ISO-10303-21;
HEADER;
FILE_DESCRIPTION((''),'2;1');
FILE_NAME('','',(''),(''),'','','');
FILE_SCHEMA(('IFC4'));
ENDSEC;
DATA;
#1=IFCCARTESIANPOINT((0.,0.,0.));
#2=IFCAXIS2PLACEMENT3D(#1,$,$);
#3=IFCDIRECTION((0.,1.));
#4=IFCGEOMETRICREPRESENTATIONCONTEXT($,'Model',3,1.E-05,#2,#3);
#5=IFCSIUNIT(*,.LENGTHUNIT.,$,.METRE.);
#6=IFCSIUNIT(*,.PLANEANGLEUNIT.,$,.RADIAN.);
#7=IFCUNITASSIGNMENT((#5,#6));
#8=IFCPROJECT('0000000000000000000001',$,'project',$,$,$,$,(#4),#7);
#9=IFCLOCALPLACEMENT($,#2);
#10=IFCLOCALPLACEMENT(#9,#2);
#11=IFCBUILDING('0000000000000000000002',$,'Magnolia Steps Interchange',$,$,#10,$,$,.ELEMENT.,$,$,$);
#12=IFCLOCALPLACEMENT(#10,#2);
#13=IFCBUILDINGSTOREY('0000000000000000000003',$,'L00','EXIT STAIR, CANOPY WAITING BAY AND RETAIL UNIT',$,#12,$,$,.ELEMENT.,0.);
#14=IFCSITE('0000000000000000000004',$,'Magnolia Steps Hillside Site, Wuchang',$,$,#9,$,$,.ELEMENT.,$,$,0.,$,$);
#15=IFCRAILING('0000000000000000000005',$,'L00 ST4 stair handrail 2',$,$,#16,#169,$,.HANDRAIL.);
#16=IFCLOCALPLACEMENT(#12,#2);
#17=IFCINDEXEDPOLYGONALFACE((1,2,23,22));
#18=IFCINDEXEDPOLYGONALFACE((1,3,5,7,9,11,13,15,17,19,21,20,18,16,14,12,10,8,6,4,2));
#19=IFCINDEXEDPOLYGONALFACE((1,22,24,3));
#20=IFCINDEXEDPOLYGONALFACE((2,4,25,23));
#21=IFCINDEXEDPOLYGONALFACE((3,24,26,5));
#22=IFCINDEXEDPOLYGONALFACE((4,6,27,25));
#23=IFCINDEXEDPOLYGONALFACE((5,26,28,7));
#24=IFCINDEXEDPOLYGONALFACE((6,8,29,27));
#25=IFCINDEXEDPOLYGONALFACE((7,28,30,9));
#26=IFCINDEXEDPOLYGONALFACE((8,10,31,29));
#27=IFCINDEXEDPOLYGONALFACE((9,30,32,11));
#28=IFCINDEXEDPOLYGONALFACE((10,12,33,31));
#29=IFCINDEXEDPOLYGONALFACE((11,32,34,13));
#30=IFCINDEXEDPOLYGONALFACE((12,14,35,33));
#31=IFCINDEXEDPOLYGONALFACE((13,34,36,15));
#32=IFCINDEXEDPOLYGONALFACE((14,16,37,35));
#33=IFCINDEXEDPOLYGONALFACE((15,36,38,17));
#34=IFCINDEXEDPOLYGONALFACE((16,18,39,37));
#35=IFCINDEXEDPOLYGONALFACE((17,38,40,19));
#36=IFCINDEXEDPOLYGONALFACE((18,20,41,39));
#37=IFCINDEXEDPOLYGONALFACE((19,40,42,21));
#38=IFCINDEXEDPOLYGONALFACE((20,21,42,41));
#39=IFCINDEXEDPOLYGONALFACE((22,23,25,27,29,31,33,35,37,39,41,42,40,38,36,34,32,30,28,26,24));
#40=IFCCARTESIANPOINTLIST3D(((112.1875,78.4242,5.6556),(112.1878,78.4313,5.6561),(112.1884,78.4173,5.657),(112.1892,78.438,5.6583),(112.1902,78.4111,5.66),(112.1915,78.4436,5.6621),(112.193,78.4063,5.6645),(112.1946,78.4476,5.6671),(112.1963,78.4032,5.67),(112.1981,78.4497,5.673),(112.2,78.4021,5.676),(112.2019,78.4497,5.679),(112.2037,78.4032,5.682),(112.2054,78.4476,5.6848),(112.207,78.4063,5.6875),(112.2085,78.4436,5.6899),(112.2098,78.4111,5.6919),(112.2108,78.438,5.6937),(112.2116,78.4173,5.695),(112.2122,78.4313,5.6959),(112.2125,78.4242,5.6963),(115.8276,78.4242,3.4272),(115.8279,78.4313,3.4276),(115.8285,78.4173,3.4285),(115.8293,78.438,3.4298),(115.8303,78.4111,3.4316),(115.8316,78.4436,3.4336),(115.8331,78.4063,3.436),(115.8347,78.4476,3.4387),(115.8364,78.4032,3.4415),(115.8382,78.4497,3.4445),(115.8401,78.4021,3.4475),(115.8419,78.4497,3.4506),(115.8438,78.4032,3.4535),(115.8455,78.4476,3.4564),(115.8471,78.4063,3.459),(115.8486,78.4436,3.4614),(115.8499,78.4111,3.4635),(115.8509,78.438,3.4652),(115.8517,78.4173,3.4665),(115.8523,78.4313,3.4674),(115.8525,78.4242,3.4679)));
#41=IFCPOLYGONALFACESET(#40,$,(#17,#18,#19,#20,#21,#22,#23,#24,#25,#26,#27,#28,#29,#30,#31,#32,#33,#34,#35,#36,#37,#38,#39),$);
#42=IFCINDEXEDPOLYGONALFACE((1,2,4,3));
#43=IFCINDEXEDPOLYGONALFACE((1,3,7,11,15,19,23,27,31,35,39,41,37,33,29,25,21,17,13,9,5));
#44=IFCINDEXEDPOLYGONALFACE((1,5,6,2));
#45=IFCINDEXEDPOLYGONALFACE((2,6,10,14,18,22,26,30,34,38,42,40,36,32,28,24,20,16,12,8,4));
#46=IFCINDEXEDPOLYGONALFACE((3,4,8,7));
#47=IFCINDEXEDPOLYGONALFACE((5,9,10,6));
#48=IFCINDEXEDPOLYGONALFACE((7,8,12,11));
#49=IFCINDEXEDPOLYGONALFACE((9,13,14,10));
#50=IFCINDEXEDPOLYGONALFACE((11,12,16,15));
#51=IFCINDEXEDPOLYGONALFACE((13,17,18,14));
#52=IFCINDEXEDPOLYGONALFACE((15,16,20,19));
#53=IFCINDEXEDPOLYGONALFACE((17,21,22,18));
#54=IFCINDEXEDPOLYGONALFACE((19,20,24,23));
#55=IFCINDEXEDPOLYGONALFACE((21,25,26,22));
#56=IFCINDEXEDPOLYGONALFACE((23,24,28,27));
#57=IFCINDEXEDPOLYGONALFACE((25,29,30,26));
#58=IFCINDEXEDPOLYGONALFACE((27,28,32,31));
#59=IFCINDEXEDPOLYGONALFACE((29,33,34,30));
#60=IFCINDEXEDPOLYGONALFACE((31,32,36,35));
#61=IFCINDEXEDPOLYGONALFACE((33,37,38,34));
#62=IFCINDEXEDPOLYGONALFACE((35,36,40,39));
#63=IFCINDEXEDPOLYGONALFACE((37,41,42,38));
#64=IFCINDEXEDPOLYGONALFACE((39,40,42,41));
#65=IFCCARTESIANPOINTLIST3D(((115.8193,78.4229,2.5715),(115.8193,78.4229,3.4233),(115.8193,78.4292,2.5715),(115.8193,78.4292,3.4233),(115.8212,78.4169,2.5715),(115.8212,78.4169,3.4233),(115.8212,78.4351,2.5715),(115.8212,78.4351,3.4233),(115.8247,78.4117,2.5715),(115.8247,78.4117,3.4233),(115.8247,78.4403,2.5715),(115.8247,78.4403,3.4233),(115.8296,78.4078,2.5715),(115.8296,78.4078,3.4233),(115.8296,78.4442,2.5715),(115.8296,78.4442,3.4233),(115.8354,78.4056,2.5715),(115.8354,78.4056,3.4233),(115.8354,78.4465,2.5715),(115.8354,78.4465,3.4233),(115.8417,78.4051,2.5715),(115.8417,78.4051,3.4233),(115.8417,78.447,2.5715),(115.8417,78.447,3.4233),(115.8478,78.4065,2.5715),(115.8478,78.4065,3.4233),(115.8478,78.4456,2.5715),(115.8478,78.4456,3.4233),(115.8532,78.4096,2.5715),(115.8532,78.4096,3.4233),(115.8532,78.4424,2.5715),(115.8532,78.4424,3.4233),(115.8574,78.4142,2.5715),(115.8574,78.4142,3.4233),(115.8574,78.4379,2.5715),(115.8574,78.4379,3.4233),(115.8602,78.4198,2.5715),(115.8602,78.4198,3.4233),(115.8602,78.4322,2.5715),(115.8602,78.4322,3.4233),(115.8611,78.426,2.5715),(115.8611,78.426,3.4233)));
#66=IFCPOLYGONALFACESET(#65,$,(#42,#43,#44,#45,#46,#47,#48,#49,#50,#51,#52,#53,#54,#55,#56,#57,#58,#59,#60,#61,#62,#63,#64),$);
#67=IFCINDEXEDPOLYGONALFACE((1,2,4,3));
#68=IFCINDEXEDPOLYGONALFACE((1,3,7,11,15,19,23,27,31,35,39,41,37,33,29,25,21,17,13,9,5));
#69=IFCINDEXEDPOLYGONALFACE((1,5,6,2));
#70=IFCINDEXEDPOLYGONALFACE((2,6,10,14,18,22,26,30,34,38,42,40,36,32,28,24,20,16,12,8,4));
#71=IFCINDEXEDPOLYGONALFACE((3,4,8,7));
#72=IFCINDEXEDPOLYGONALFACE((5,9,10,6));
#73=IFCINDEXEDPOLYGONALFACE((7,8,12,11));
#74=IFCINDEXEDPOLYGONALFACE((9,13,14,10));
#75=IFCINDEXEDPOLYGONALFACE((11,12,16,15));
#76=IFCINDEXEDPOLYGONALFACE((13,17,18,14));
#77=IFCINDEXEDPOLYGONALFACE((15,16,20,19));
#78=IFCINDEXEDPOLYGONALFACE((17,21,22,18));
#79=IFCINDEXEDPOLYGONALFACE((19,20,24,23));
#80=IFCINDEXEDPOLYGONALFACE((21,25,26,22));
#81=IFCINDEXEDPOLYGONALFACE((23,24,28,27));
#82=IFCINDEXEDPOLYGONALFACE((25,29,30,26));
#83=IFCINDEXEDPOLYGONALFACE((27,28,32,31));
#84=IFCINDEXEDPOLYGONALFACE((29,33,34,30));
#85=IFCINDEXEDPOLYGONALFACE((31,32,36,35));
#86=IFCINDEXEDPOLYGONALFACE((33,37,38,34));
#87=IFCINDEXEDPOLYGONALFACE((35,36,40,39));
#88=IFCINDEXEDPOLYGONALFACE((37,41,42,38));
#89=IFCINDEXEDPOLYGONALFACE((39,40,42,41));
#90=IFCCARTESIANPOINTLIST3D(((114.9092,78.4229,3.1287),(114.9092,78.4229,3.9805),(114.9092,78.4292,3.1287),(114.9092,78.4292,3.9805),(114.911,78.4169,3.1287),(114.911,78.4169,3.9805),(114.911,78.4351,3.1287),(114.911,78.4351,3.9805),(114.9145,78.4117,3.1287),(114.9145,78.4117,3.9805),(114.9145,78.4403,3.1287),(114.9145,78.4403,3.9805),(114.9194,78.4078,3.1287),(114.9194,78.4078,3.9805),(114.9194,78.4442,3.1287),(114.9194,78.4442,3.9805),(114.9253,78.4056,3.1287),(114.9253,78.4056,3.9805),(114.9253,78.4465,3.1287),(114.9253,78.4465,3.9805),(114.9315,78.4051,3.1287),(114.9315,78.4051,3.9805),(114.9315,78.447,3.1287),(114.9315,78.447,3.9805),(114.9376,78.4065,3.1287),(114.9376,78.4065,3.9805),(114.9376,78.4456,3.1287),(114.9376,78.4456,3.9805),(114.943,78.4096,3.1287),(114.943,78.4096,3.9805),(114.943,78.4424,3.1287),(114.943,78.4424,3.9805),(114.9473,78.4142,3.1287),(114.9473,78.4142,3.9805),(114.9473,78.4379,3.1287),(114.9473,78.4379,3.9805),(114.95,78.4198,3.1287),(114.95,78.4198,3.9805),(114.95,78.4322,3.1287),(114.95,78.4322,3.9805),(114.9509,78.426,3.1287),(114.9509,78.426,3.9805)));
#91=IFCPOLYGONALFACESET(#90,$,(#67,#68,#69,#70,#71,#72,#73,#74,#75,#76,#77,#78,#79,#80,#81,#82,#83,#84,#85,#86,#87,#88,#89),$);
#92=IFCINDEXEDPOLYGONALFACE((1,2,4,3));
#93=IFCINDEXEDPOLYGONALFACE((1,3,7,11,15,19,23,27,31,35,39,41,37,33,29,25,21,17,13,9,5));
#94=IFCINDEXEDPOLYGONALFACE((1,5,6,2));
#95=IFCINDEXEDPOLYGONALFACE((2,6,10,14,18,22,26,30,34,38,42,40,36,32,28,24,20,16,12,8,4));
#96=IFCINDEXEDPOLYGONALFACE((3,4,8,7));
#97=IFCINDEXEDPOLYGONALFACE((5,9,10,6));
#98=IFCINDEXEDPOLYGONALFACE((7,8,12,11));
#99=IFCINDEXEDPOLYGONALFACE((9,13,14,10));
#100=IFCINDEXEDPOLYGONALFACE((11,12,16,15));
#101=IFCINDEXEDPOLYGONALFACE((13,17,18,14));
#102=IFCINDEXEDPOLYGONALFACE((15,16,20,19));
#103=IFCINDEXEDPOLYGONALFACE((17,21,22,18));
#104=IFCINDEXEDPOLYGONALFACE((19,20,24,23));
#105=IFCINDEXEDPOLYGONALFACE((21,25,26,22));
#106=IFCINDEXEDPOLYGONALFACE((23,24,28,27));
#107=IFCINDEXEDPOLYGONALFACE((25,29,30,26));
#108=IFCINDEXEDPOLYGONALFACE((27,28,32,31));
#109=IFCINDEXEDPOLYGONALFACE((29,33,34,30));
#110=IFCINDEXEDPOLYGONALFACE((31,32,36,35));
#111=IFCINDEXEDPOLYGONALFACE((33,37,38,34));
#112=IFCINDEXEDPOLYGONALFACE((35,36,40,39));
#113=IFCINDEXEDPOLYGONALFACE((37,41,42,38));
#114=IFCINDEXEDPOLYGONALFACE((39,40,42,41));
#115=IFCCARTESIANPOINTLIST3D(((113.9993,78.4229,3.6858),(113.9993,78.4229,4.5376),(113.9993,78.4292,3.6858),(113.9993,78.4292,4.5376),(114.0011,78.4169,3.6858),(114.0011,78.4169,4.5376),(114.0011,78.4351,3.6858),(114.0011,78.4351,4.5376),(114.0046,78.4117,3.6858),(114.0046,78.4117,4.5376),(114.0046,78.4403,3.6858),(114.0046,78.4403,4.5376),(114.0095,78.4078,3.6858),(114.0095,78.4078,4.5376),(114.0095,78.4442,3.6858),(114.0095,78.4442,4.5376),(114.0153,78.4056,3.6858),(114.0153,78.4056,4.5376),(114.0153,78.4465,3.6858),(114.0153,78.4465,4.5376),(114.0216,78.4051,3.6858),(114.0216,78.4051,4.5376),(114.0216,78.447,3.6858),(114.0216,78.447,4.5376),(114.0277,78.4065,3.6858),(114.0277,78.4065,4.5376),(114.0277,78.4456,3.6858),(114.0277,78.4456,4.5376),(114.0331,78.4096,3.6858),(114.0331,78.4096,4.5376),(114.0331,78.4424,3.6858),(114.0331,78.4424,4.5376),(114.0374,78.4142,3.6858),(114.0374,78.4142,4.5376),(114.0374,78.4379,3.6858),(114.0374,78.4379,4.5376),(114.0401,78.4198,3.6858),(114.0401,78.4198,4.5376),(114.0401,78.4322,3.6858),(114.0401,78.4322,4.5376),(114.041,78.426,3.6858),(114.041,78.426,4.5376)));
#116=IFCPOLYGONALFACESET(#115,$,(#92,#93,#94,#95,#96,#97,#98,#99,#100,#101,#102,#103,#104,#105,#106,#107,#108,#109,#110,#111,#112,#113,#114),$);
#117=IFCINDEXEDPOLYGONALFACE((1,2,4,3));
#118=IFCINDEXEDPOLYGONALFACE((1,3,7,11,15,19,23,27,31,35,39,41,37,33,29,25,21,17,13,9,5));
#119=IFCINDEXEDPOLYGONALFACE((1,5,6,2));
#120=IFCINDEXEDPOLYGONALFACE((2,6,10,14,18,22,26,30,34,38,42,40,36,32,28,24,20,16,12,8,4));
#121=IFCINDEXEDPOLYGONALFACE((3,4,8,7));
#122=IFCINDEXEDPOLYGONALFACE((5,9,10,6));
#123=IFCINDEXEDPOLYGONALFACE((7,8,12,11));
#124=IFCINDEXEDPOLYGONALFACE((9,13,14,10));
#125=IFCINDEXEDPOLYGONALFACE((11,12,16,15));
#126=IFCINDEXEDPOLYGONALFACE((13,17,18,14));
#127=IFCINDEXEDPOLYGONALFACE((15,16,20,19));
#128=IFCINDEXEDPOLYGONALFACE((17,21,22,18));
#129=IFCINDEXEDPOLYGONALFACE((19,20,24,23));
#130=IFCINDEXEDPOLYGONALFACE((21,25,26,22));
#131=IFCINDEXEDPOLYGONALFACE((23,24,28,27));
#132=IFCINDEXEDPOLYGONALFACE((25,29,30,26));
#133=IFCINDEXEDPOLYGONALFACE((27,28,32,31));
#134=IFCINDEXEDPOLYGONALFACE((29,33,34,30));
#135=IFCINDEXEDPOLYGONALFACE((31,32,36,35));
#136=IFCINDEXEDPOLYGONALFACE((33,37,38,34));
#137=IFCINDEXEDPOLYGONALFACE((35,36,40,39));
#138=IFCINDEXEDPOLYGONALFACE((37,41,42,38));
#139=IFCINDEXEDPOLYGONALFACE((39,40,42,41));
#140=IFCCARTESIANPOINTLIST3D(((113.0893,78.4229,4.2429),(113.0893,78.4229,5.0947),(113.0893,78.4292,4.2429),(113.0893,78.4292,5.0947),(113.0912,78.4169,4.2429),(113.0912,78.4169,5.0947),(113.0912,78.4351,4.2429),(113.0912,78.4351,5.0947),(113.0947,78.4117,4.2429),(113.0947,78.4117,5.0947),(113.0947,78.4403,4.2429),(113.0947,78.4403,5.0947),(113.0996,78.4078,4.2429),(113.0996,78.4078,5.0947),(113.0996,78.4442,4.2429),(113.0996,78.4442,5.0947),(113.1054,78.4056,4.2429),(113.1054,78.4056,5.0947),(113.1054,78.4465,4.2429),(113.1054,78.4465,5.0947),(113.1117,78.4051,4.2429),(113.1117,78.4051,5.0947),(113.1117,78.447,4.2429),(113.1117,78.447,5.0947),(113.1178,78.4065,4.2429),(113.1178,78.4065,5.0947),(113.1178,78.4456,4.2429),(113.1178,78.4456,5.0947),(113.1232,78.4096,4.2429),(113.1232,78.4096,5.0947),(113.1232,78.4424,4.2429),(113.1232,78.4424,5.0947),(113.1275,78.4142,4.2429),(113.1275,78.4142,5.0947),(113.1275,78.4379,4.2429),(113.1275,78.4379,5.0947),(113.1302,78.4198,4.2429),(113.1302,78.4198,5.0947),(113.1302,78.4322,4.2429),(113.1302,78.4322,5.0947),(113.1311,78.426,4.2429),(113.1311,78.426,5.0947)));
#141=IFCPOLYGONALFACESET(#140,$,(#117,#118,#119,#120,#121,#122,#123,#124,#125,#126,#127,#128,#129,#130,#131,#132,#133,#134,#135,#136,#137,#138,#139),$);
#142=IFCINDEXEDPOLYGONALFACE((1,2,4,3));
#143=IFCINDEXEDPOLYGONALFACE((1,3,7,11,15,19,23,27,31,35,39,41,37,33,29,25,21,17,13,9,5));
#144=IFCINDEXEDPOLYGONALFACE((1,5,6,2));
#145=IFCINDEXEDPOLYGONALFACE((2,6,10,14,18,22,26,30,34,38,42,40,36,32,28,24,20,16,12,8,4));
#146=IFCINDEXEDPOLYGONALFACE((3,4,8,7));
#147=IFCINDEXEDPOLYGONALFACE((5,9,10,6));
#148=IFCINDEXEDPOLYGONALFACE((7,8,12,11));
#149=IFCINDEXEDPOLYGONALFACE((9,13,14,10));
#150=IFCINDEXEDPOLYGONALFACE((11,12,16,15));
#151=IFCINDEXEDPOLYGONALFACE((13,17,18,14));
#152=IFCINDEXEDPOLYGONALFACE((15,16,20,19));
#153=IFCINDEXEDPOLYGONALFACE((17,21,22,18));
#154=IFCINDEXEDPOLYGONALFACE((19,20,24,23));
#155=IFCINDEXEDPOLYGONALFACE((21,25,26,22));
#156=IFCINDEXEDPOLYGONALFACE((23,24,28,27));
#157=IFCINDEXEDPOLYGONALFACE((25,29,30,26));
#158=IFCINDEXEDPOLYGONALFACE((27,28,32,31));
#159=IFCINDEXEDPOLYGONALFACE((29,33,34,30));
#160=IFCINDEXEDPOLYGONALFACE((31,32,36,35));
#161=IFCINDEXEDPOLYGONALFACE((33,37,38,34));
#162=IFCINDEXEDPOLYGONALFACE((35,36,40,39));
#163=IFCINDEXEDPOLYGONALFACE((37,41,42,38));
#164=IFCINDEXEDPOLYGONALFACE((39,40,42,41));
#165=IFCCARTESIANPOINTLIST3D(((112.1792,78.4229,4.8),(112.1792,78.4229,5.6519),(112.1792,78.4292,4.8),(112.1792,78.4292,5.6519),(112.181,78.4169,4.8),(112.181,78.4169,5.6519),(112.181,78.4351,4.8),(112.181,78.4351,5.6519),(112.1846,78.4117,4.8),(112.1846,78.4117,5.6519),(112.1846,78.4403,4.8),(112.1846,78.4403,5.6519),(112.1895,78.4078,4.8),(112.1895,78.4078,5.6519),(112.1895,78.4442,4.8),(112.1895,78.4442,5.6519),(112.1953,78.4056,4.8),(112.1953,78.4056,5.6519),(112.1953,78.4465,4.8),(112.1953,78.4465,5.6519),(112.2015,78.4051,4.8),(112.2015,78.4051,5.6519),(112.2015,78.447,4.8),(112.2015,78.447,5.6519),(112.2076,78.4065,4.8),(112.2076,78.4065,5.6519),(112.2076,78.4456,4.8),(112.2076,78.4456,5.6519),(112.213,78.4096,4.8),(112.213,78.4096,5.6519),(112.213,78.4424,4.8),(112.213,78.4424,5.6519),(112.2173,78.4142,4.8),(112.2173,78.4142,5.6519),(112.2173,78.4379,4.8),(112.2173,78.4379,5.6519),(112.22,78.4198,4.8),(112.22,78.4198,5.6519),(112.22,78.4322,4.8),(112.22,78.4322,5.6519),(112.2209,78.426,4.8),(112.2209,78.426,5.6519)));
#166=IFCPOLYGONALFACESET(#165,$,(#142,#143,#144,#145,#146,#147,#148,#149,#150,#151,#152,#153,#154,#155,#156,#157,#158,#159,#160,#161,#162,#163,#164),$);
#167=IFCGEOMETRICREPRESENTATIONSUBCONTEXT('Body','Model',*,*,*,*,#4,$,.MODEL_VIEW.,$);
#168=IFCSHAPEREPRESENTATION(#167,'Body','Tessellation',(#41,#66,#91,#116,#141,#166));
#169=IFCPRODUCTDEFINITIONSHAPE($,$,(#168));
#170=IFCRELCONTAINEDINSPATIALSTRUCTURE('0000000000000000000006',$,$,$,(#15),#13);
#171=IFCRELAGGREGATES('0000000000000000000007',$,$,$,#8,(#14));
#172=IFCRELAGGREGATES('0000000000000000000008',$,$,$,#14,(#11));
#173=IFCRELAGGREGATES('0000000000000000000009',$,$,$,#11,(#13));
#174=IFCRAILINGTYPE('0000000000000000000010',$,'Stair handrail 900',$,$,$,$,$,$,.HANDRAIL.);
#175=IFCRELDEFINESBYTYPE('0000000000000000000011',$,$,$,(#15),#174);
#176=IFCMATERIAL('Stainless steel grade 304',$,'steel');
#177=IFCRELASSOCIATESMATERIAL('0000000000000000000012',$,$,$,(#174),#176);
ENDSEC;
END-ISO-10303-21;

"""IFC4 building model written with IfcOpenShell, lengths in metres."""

from ifc_helpers import new_model, si_unit, direction, frame, origin, origin_2d, place, context, subcontext, project, spatial, circle, extrude, material, type_object, element, save


model = new_model("IFC4")

# Units and contexts
model_context = context("Model", 3, precision=1e-05, world=origin(), true_north=direction((0.0, 1.0)))
body_context = subcontext(model_context, "Body", "Model", "MODEL_VIEW")
ifc_project = project(units=[si_unit("LENGTHUNIT", "METRE"), si_unit("PLANEANGLEUNIT", "RADIAN")], contexts=[model_context])

# Site, building, storey
site_placement = place(None, origin())
site = spatial("IfcSite", under=ifc_project, at=site_placement, Name="Magnolia Steps Hillside Site, Wuchang", CompositionType="ELEMENT", RefElevation=0.0)
building_placement = place(site_placement, origin())
building = spatial("IfcBuilding", under=site, at=building_placement, Name="Magnolia Steps Interchange", CompositionType="ELEMENT")
storey_placement = place(building_placement, origin())
storey = spatial("IfcBuildingStorey", under=building, at=storey_placement, Name="L00", Description="EXIT STAIR, CANOPY WAITING BAY AND RETAIL UNIT", CompositionType="ELEMENT", Elevation=0.0)

# Railing
ifc_material_1 = material(Name="Stainless steel grade 304", Category="steel")
railing_type_1 = type_object("IfcRailingType", Name="Stair handrail 900", PredefinedType="HANDRAIL", material=ifc_material_1)
for number, where, name in (
    (1, (115.8401, 78.426, 2.5715), "L00 ST4 stair handrail 2"),
):
    element("IfcRailing", number, at=place(storey_placement, frame(where)), inside=storey, type_object=railing_type_1, Name=name, PredefinedType="HANDRAIL", context=body_context, shape_type="SweptSolid", body=[
        extrude(circle(Radius=0.0239, at=origin_2d()), frame((0.0, 0.0, 0.876), z_axis=(-0.852866, 0.0, 0.52213), x_axis=(0.0, -1.0, 0.0)), (0.0, 0.0, 1.0), 4.2681),
        extrude(circle(Radius=0.021, at=origin_2d()), origin(), (0.0, 0.0, 1.0), 0.8518),
        extrude(circle(Radius=0.021, at=origin_2d()), frame((-0.9102, 0.0, 0.5571)), (0.0, 0.0, 1.0), 0.8518),
        extrude(circle(Radius=0.021, at=origin_2d()), frame((-1.8201, 0.0, 1.1143)), (0.0, 0.0, 1.0), 0.8518),
        extrude(circle(Radius=0.021, at=origin_2d()), frame((-2.73, 0.0, 1.6714)), (0.0, 0.0, 1.0), 0.8518),
        extrude(circle(Radius=0.021, at=origin_2d()), frame((-3.6401, 0.0, 2.2285)), (0.0, 0.0, 1.0), 0.8518),
    ])

save(model, "model.ifc")
